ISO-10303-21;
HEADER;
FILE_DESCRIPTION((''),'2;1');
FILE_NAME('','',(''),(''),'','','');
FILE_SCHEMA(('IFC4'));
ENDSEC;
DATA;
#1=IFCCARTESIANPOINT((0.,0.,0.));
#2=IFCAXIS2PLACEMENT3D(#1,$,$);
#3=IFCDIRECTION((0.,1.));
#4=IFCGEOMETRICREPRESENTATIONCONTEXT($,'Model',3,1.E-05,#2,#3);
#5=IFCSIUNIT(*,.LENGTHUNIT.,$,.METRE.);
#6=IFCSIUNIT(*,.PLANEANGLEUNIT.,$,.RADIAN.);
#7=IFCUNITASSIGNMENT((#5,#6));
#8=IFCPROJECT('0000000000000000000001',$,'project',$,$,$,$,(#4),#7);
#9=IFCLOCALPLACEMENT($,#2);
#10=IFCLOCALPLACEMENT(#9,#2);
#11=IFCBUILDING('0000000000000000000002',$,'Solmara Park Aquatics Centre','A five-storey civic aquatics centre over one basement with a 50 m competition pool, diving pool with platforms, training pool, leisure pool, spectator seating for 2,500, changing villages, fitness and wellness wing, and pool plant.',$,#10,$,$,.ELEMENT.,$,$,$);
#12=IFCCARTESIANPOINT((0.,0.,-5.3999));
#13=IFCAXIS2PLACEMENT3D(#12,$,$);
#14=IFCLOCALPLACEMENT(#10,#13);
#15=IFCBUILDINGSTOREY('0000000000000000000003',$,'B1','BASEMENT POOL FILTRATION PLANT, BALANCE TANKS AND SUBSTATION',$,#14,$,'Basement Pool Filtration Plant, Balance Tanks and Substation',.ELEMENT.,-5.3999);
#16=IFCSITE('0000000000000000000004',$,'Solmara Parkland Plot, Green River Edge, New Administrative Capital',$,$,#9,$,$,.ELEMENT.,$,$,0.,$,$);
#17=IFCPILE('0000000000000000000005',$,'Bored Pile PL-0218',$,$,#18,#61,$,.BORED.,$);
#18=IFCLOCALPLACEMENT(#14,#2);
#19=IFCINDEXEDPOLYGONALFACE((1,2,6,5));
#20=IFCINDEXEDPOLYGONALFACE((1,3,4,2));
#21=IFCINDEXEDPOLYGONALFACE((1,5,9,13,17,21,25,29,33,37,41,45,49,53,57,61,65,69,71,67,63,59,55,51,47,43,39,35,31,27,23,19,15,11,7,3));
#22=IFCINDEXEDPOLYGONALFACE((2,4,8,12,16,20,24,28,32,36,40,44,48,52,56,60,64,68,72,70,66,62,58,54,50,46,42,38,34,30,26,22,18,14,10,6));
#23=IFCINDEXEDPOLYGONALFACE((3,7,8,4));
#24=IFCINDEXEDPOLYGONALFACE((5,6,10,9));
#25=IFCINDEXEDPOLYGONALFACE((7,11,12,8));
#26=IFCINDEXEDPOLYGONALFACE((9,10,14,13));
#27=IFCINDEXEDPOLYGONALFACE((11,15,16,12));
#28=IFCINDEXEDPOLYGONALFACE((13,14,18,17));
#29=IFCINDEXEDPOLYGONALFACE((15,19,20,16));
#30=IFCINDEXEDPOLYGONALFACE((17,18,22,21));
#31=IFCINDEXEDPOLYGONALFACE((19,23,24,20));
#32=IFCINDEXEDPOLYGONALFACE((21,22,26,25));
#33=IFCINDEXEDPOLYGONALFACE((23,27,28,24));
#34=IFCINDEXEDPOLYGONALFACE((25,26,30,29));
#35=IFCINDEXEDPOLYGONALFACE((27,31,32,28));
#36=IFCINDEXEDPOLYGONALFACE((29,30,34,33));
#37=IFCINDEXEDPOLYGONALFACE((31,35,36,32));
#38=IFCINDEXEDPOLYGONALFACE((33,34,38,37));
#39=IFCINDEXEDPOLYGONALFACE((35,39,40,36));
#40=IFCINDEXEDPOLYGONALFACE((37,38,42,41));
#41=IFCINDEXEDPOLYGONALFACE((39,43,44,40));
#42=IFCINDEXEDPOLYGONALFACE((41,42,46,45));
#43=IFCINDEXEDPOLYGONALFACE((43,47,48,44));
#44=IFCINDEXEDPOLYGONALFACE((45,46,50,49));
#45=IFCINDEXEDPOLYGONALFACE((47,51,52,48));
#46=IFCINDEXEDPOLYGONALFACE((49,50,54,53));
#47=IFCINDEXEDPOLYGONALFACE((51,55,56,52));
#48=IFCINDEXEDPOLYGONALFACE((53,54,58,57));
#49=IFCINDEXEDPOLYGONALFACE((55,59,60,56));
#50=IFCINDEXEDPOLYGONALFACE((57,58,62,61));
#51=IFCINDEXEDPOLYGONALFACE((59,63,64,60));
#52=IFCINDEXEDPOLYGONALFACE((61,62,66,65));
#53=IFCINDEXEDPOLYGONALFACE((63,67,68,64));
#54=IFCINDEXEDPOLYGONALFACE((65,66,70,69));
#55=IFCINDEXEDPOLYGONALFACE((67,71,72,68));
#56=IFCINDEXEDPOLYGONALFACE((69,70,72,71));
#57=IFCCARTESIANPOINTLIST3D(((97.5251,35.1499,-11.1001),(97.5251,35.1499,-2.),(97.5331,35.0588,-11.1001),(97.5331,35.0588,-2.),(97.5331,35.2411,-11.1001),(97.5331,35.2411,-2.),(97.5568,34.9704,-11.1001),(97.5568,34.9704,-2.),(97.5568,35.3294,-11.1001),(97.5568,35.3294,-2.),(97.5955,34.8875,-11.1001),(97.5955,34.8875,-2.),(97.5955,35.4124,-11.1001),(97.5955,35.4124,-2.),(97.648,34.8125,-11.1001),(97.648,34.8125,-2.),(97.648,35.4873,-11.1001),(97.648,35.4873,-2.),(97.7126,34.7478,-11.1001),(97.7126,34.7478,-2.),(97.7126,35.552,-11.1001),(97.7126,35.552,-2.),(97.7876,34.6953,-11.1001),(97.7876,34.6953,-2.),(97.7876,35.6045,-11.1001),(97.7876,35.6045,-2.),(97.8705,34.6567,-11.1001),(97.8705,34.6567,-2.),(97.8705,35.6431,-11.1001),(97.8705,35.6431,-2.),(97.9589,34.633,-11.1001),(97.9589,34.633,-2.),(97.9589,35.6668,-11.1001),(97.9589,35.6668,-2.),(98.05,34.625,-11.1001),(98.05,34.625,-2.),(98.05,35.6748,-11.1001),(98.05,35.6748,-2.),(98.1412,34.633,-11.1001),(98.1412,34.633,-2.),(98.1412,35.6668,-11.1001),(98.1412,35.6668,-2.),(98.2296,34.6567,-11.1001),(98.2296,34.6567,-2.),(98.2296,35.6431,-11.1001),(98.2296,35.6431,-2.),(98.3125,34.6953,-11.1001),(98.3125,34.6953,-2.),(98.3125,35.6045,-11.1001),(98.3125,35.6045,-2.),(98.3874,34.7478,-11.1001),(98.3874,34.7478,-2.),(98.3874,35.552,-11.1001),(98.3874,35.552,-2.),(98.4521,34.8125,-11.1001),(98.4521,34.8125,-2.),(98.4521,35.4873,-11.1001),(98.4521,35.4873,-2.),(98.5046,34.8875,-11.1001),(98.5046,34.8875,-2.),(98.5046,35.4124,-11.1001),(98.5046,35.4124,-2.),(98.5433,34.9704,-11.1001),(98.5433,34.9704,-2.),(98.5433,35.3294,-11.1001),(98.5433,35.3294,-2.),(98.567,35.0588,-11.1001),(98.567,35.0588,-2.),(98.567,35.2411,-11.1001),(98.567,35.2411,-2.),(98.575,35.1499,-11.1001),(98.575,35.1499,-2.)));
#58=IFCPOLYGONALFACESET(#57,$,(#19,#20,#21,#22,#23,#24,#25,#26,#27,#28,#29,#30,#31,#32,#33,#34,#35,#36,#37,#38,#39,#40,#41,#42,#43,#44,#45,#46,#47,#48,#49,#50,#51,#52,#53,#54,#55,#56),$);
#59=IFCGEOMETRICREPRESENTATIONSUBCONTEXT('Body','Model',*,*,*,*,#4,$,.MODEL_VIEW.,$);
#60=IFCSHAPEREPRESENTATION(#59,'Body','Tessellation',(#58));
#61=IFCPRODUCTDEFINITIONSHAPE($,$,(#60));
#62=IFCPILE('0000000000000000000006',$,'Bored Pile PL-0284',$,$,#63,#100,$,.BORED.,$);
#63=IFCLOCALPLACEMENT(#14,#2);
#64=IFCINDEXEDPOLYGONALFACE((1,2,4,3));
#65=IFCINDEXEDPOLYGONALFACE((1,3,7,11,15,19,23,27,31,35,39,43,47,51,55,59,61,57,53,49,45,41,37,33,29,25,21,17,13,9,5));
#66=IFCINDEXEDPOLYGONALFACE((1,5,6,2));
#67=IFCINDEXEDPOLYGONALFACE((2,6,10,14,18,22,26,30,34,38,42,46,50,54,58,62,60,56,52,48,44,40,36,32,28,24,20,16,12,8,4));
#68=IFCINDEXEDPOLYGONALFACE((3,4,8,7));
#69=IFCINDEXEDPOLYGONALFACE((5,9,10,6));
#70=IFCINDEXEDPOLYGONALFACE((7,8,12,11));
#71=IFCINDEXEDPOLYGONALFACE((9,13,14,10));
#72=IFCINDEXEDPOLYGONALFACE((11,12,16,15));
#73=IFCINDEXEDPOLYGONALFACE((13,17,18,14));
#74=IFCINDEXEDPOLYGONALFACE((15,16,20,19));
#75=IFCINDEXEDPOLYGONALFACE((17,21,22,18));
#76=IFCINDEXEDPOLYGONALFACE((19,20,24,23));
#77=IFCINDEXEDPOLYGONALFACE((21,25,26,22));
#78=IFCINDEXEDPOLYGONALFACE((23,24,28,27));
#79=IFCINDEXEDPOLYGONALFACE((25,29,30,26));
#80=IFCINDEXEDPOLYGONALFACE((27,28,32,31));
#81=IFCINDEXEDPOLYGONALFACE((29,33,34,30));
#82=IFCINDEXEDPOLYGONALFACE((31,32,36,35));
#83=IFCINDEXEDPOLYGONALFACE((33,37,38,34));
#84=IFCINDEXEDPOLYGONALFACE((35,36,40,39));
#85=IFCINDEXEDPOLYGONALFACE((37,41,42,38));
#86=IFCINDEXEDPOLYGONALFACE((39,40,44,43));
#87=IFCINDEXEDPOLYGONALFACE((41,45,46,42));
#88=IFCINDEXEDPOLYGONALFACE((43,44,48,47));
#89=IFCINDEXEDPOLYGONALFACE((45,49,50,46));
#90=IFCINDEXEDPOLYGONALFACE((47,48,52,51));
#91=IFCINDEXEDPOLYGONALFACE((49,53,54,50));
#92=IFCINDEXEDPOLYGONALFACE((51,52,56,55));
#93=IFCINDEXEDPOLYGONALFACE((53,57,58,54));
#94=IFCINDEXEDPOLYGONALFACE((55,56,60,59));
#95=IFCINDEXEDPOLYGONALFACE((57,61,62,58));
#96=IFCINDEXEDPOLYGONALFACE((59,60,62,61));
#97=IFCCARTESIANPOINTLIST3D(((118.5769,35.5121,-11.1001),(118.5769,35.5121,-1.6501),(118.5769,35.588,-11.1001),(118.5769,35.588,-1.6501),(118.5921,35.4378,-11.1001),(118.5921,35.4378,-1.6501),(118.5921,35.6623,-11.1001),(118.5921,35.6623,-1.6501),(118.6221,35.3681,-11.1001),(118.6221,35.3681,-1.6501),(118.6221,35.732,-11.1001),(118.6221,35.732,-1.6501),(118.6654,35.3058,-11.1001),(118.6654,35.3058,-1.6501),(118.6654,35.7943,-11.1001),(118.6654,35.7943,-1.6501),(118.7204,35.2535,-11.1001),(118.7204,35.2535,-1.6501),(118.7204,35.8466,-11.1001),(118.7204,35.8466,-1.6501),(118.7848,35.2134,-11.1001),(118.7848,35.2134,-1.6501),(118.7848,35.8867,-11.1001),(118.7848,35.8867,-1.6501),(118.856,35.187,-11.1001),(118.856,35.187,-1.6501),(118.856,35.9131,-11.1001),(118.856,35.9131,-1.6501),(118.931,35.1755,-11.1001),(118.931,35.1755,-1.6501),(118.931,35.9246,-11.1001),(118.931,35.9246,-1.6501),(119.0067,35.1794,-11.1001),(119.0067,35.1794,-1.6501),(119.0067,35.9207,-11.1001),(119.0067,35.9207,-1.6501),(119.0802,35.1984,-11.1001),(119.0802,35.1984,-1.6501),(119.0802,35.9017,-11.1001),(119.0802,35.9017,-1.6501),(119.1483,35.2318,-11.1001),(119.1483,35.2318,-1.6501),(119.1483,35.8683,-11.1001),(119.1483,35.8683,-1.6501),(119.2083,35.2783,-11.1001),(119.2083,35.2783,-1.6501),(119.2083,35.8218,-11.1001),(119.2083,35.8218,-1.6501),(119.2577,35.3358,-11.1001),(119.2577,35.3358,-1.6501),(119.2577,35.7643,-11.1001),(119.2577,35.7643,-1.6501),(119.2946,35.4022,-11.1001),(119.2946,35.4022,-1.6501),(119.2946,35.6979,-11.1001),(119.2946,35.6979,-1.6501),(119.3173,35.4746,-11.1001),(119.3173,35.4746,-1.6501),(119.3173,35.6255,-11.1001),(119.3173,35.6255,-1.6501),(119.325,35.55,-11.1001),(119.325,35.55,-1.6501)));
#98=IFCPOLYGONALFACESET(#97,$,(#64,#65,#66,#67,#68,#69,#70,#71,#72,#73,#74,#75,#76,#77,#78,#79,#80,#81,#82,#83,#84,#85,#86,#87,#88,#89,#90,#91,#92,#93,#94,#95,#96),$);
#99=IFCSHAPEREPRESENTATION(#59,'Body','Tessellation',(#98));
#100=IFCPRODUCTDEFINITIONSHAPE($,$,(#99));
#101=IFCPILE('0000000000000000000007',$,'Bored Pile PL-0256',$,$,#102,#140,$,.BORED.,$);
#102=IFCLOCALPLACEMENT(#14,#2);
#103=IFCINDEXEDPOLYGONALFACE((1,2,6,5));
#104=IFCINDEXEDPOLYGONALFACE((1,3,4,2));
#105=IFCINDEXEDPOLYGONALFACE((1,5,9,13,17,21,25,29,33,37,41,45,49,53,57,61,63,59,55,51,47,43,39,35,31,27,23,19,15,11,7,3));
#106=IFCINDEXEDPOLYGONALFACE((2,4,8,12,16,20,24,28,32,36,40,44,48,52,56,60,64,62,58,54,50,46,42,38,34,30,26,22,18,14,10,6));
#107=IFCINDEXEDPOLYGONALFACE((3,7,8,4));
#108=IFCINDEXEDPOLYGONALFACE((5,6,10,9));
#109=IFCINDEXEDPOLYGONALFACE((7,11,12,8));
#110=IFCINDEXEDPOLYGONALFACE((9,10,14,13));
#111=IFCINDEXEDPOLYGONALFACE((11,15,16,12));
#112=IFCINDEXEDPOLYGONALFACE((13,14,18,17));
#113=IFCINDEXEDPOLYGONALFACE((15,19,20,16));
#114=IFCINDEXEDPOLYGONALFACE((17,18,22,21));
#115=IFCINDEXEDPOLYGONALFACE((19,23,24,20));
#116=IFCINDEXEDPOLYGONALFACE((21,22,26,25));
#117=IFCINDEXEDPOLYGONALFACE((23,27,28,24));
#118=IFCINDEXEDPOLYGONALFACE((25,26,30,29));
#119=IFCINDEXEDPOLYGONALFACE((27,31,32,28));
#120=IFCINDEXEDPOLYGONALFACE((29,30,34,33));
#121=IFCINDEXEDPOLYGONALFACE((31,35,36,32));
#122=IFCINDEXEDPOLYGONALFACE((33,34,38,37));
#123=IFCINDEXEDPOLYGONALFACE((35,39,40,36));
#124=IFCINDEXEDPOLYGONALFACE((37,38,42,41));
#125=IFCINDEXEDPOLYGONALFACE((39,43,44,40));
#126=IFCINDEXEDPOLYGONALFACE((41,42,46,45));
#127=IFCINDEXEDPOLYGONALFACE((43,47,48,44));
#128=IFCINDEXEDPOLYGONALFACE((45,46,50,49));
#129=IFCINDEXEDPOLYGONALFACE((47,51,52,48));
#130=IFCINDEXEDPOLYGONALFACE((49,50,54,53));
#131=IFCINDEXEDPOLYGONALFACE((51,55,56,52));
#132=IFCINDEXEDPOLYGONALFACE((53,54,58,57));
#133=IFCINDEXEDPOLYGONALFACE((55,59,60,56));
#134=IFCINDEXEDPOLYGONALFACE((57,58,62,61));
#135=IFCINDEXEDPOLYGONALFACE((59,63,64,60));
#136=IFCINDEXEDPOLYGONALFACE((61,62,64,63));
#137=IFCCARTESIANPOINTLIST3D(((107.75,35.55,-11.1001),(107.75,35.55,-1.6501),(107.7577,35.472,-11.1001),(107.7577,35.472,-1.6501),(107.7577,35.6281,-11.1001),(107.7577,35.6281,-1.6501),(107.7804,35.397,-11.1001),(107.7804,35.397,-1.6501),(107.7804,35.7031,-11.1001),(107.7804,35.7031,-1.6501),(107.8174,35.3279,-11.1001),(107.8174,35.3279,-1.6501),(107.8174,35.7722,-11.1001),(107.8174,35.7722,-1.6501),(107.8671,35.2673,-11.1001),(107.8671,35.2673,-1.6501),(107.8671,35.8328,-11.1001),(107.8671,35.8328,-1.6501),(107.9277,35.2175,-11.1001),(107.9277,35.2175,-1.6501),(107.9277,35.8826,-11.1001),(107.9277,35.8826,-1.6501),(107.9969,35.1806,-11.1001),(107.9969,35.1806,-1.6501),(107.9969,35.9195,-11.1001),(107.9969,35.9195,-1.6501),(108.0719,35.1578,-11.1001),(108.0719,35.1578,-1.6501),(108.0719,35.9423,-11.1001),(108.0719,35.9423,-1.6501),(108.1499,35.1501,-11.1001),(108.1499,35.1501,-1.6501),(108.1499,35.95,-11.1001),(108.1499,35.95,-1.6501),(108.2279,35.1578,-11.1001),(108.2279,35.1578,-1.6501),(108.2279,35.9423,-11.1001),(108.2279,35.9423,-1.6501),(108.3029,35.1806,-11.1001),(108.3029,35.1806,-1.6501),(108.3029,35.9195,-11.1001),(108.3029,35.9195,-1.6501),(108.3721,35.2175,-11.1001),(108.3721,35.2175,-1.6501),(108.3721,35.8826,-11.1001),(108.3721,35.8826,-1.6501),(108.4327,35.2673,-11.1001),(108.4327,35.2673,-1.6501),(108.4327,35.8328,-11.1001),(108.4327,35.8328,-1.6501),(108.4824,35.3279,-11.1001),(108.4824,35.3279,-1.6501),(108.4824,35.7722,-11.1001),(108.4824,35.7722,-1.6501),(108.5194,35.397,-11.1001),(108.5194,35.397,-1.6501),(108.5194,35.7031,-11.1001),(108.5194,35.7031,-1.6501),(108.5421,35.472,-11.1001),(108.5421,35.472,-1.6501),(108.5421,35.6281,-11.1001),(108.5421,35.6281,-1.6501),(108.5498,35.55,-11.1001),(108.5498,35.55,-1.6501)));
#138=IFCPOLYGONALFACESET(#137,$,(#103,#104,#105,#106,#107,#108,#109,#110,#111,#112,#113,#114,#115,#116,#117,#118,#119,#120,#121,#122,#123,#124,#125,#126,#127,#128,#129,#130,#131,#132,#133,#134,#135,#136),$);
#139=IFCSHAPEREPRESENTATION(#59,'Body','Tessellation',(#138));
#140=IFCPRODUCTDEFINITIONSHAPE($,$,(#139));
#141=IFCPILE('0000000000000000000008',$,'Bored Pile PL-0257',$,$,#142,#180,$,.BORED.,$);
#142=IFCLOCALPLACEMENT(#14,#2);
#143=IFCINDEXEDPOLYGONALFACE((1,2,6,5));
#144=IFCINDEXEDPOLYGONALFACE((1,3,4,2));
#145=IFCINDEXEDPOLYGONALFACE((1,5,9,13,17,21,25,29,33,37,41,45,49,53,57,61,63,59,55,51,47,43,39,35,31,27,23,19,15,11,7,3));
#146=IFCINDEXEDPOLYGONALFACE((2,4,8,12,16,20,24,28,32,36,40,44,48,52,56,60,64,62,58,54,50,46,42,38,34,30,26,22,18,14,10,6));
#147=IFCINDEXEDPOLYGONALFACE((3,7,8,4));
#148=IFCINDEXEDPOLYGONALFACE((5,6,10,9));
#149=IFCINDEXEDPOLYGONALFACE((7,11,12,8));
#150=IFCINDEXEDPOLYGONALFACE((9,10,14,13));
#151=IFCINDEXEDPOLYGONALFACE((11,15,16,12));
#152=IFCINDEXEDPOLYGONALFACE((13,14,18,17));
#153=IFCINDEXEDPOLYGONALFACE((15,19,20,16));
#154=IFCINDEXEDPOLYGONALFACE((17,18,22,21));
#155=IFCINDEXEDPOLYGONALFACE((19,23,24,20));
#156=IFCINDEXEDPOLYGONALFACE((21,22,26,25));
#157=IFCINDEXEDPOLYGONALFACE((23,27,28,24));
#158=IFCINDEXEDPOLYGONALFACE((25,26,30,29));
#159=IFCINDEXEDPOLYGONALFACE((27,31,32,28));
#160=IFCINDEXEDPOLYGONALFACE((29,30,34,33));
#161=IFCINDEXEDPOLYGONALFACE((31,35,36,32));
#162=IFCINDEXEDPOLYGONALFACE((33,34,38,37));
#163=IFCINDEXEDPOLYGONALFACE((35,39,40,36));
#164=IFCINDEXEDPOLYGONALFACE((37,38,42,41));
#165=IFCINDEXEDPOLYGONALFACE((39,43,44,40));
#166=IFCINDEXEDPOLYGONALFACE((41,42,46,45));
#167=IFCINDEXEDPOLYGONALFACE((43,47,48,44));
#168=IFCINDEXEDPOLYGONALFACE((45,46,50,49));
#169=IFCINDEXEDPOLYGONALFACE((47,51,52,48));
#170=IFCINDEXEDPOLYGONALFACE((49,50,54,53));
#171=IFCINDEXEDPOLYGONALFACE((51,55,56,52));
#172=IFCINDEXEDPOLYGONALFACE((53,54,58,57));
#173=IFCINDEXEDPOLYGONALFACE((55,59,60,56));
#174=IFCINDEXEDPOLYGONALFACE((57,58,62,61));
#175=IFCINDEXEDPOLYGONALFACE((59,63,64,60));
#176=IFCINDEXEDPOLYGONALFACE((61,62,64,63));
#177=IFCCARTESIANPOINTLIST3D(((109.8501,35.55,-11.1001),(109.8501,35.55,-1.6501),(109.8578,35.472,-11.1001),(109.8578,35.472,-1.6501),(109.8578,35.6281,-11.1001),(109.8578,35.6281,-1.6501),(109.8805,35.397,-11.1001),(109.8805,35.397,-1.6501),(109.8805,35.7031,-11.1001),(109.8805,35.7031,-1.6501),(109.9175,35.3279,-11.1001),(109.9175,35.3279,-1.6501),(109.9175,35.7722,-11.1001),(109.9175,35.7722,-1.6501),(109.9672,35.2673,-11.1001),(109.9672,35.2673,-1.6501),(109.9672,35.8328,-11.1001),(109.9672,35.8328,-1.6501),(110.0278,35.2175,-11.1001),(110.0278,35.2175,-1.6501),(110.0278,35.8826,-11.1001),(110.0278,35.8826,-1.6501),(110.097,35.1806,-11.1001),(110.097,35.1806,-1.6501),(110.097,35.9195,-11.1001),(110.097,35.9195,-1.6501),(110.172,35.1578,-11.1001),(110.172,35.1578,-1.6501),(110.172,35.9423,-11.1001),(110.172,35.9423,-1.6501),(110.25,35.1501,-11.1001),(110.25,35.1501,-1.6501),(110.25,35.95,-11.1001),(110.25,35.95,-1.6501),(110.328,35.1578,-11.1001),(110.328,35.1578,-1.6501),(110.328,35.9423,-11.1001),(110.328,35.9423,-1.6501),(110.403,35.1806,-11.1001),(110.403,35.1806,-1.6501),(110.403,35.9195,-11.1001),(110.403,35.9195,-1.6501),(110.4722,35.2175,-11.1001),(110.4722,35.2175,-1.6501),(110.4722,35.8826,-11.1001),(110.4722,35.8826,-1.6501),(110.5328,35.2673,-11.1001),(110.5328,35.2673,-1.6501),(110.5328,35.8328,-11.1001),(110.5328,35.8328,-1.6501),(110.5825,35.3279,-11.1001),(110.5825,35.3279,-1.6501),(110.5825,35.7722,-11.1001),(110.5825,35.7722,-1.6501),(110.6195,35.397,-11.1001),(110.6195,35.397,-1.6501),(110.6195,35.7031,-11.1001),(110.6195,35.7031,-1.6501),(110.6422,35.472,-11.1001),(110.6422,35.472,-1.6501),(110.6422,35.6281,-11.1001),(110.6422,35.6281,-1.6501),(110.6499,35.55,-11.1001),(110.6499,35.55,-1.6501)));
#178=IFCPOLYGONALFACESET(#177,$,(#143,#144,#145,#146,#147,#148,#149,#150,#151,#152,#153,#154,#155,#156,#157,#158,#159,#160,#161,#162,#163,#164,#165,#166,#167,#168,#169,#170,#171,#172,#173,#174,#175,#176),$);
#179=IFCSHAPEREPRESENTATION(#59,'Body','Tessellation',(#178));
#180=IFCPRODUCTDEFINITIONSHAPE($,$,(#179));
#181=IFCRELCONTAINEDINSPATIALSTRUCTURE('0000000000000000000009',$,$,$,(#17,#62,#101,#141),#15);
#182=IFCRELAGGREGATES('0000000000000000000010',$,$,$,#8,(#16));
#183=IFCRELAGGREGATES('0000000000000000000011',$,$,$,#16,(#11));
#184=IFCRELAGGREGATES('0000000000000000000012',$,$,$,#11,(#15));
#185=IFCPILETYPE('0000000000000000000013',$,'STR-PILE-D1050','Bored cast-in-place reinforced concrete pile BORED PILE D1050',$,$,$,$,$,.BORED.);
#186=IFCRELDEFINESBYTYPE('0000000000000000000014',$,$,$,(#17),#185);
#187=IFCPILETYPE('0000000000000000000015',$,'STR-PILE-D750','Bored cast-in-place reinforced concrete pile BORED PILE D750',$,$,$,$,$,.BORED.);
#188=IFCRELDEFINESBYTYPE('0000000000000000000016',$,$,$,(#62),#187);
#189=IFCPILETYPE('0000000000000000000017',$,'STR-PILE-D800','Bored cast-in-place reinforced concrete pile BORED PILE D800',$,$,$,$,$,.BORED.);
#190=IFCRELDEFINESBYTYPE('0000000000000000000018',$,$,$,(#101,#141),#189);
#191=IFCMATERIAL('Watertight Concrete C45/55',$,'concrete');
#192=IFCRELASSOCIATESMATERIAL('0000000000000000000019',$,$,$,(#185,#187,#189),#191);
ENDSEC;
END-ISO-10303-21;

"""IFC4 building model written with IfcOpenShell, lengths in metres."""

from ifc_helpers import new_model, si_unit, direction, frame, origin, origin_2d, place, context, subcontext, project, spatial, circle, extrude, material, material_profile, profile_set, type_object, element, save


model = new_model("IFC4")

# Units and contexts
model_context = context("Model", 3, precision=1e-05, world=origin(), true_north=direction((0.0, 1.0)))
body_context = subcontext(model_context, "Body", "Model", "MODEL_VIEW")
ifc_project = project(units=[si_unit("LENGTHUNIT", "METRE"), si_unit("PLANEANGLEUNIT", "RADIAN")], contexts=[model_context])

# Site, building, storey
site_placement = place(None, origin())
site = spatial("IfcSite", under=ifc_project, at=site_placement, Name="Solmara Parkland Plot, Green River Edge, New Administrative Capital", CompositionType="ELEMENT", RefElevation=0.0)
building_placement = place(site_placement, origin())
building = spatial("IfcBuilding", under=site, at=building_placement, Name="Solmara Park Aquatics Centre", Description="A five-storey civic aquatics centre over one basement with a 50 m competition pool, diving pool with platforms, training pool, leisure pool, spectator seating for 2,500, changing villages, fitness and wellness wing, and pool plant.", CompositionType="ELEMENT")
storey_placement = place(building_placement, frame((0.0, 0.0, -5.3999)))
storey = spatial("IfcBuildingStorey", under=building, at=storey_placement, Name="B1", Description="BASEMENT POOL FILTRATION PLANT, BALANCE TANKS AND SUBSTATION", LongName="Basement Pool Filtration Plant, Balance Tanks and Substation", CompositionType="ELEMENT", Elevation=-5.3999)

# Shared definitions
ifc_material_1 = material(Name="Watertight Concrete C45/55", Category="concrete")

# Piles
ifc_material_profile_1 = material_profile(ifc_material_1, circle(Radius=0.5249, at=origin_2d()), Name="BORED PILE D1050")
ifc_profile_set_1 = profile_set([ifc_material_profile_1], Name="Watertight Concrete C45/55")
pile_type_1 = type_object("IfcPileType", Name="STR-PILE-D1050", Description="Bored cast-in-place reinforced concrete pile BORED PILE D1050", PredefinedType="BORED", material=ifc_profile_set_1)
for number, where, z_axis, x_axis, name in (
    (1, (98.05, 35.1499, -2.0), (0.0, 0.0, -1.0), (1.0, 0.0, 0.0), "Bored Pile PL-0218"),
):
    element("IfcPile", number, at=place(storey_placement, frame(where, z_axis=z_axis, x_axis=x_axis)), inside=storey, type_object=pile_type_1, Name=name, PredefinedType="BORED", context=body_context, shape_type="SweptSolid", body=[
        extrude(circle(Radius=0.5249, at=origin_2d()), origin(), (0.0, 0.0, 1.0), 9.1001),
    ])
ifc_material_profile_2 = material_profile(ifc_material_1, circle(Radius=0.375, at=origin_2d()), Name="BORED PILE D750")
ifc_profile_set_2 = profile_set([ifc_material_profile_2], Name="Watertight Concrete C45/55")
pile_type_2 = type_object("IfcPileType", Name="STR-PILE-D750", Description="Bored cast-in-place reinforced concrete pile BORED PILE D750", PredefinedType="BORED", material=ifc_profile_set_2)
pile_1_placement = place(storey_placement, frame((118.95, 35.55, -1.6501), z_axis=(0.0, 0.0, -1.0), x_axis=(1.0, 0.0, 0.0)))
element("IfcPile", 2, at=pile_1_placement, inside=storey, type_object=pile_type_2, Name="Bored Pile PL-0284", PredefinedType="BORED", context=body_context, shape_type="SweptSolid", body=[
    extrude(circle(Radius=0.375, at=origin_2d()), origin(), (0.0, 0.0, 1.0), 9.45),
])
ifc_material_profile_3 = material_profile(ifc_material_1, circle(Radius=0.3999, at=origin_2d()), Name="BORED PILE D800")
ifc_profile_set_3 = profile_set([ifc_material_profile_3], Name="Watertight Concrete C45/55")
pile_type_3 = type_object("IfcPileType", Name="STR-PILE-D800", Description="Bored cast-in-place reinforced concrete pile BORED PILE D800", PredefinedType="BORED", material=ifc_profile_set_3)
for number, where, z_axis, x_axis, name in (
    (3, (108.1499, 35.55, -1.6501), (0.0, 0.0, -1.0), (1.0, 0.0, 0.0), "Bored Pile PL-0256"),
    (4, (110.25, 35.55, -1.6501), (0.0, 0.0, -1.0), (1.0, 0.0, 0.0), "Bored Pile PL-0257"),
):
    element("IfcPile", number, at=place(storey_placement, frame(where, z_axis=z_axis, x_axis=x_axis)), inside=storey, type_object=pile_type_3, Name=name, PredefinedType="BORED", context=body_context, shape_type="SweptSolid", body=[
        extrude(circle(Radius=0.3999, at=origin_2d()), origin(), (0.0, 0.0, 1.0), 9.45),
    ])

save(model, "model.ifc")
